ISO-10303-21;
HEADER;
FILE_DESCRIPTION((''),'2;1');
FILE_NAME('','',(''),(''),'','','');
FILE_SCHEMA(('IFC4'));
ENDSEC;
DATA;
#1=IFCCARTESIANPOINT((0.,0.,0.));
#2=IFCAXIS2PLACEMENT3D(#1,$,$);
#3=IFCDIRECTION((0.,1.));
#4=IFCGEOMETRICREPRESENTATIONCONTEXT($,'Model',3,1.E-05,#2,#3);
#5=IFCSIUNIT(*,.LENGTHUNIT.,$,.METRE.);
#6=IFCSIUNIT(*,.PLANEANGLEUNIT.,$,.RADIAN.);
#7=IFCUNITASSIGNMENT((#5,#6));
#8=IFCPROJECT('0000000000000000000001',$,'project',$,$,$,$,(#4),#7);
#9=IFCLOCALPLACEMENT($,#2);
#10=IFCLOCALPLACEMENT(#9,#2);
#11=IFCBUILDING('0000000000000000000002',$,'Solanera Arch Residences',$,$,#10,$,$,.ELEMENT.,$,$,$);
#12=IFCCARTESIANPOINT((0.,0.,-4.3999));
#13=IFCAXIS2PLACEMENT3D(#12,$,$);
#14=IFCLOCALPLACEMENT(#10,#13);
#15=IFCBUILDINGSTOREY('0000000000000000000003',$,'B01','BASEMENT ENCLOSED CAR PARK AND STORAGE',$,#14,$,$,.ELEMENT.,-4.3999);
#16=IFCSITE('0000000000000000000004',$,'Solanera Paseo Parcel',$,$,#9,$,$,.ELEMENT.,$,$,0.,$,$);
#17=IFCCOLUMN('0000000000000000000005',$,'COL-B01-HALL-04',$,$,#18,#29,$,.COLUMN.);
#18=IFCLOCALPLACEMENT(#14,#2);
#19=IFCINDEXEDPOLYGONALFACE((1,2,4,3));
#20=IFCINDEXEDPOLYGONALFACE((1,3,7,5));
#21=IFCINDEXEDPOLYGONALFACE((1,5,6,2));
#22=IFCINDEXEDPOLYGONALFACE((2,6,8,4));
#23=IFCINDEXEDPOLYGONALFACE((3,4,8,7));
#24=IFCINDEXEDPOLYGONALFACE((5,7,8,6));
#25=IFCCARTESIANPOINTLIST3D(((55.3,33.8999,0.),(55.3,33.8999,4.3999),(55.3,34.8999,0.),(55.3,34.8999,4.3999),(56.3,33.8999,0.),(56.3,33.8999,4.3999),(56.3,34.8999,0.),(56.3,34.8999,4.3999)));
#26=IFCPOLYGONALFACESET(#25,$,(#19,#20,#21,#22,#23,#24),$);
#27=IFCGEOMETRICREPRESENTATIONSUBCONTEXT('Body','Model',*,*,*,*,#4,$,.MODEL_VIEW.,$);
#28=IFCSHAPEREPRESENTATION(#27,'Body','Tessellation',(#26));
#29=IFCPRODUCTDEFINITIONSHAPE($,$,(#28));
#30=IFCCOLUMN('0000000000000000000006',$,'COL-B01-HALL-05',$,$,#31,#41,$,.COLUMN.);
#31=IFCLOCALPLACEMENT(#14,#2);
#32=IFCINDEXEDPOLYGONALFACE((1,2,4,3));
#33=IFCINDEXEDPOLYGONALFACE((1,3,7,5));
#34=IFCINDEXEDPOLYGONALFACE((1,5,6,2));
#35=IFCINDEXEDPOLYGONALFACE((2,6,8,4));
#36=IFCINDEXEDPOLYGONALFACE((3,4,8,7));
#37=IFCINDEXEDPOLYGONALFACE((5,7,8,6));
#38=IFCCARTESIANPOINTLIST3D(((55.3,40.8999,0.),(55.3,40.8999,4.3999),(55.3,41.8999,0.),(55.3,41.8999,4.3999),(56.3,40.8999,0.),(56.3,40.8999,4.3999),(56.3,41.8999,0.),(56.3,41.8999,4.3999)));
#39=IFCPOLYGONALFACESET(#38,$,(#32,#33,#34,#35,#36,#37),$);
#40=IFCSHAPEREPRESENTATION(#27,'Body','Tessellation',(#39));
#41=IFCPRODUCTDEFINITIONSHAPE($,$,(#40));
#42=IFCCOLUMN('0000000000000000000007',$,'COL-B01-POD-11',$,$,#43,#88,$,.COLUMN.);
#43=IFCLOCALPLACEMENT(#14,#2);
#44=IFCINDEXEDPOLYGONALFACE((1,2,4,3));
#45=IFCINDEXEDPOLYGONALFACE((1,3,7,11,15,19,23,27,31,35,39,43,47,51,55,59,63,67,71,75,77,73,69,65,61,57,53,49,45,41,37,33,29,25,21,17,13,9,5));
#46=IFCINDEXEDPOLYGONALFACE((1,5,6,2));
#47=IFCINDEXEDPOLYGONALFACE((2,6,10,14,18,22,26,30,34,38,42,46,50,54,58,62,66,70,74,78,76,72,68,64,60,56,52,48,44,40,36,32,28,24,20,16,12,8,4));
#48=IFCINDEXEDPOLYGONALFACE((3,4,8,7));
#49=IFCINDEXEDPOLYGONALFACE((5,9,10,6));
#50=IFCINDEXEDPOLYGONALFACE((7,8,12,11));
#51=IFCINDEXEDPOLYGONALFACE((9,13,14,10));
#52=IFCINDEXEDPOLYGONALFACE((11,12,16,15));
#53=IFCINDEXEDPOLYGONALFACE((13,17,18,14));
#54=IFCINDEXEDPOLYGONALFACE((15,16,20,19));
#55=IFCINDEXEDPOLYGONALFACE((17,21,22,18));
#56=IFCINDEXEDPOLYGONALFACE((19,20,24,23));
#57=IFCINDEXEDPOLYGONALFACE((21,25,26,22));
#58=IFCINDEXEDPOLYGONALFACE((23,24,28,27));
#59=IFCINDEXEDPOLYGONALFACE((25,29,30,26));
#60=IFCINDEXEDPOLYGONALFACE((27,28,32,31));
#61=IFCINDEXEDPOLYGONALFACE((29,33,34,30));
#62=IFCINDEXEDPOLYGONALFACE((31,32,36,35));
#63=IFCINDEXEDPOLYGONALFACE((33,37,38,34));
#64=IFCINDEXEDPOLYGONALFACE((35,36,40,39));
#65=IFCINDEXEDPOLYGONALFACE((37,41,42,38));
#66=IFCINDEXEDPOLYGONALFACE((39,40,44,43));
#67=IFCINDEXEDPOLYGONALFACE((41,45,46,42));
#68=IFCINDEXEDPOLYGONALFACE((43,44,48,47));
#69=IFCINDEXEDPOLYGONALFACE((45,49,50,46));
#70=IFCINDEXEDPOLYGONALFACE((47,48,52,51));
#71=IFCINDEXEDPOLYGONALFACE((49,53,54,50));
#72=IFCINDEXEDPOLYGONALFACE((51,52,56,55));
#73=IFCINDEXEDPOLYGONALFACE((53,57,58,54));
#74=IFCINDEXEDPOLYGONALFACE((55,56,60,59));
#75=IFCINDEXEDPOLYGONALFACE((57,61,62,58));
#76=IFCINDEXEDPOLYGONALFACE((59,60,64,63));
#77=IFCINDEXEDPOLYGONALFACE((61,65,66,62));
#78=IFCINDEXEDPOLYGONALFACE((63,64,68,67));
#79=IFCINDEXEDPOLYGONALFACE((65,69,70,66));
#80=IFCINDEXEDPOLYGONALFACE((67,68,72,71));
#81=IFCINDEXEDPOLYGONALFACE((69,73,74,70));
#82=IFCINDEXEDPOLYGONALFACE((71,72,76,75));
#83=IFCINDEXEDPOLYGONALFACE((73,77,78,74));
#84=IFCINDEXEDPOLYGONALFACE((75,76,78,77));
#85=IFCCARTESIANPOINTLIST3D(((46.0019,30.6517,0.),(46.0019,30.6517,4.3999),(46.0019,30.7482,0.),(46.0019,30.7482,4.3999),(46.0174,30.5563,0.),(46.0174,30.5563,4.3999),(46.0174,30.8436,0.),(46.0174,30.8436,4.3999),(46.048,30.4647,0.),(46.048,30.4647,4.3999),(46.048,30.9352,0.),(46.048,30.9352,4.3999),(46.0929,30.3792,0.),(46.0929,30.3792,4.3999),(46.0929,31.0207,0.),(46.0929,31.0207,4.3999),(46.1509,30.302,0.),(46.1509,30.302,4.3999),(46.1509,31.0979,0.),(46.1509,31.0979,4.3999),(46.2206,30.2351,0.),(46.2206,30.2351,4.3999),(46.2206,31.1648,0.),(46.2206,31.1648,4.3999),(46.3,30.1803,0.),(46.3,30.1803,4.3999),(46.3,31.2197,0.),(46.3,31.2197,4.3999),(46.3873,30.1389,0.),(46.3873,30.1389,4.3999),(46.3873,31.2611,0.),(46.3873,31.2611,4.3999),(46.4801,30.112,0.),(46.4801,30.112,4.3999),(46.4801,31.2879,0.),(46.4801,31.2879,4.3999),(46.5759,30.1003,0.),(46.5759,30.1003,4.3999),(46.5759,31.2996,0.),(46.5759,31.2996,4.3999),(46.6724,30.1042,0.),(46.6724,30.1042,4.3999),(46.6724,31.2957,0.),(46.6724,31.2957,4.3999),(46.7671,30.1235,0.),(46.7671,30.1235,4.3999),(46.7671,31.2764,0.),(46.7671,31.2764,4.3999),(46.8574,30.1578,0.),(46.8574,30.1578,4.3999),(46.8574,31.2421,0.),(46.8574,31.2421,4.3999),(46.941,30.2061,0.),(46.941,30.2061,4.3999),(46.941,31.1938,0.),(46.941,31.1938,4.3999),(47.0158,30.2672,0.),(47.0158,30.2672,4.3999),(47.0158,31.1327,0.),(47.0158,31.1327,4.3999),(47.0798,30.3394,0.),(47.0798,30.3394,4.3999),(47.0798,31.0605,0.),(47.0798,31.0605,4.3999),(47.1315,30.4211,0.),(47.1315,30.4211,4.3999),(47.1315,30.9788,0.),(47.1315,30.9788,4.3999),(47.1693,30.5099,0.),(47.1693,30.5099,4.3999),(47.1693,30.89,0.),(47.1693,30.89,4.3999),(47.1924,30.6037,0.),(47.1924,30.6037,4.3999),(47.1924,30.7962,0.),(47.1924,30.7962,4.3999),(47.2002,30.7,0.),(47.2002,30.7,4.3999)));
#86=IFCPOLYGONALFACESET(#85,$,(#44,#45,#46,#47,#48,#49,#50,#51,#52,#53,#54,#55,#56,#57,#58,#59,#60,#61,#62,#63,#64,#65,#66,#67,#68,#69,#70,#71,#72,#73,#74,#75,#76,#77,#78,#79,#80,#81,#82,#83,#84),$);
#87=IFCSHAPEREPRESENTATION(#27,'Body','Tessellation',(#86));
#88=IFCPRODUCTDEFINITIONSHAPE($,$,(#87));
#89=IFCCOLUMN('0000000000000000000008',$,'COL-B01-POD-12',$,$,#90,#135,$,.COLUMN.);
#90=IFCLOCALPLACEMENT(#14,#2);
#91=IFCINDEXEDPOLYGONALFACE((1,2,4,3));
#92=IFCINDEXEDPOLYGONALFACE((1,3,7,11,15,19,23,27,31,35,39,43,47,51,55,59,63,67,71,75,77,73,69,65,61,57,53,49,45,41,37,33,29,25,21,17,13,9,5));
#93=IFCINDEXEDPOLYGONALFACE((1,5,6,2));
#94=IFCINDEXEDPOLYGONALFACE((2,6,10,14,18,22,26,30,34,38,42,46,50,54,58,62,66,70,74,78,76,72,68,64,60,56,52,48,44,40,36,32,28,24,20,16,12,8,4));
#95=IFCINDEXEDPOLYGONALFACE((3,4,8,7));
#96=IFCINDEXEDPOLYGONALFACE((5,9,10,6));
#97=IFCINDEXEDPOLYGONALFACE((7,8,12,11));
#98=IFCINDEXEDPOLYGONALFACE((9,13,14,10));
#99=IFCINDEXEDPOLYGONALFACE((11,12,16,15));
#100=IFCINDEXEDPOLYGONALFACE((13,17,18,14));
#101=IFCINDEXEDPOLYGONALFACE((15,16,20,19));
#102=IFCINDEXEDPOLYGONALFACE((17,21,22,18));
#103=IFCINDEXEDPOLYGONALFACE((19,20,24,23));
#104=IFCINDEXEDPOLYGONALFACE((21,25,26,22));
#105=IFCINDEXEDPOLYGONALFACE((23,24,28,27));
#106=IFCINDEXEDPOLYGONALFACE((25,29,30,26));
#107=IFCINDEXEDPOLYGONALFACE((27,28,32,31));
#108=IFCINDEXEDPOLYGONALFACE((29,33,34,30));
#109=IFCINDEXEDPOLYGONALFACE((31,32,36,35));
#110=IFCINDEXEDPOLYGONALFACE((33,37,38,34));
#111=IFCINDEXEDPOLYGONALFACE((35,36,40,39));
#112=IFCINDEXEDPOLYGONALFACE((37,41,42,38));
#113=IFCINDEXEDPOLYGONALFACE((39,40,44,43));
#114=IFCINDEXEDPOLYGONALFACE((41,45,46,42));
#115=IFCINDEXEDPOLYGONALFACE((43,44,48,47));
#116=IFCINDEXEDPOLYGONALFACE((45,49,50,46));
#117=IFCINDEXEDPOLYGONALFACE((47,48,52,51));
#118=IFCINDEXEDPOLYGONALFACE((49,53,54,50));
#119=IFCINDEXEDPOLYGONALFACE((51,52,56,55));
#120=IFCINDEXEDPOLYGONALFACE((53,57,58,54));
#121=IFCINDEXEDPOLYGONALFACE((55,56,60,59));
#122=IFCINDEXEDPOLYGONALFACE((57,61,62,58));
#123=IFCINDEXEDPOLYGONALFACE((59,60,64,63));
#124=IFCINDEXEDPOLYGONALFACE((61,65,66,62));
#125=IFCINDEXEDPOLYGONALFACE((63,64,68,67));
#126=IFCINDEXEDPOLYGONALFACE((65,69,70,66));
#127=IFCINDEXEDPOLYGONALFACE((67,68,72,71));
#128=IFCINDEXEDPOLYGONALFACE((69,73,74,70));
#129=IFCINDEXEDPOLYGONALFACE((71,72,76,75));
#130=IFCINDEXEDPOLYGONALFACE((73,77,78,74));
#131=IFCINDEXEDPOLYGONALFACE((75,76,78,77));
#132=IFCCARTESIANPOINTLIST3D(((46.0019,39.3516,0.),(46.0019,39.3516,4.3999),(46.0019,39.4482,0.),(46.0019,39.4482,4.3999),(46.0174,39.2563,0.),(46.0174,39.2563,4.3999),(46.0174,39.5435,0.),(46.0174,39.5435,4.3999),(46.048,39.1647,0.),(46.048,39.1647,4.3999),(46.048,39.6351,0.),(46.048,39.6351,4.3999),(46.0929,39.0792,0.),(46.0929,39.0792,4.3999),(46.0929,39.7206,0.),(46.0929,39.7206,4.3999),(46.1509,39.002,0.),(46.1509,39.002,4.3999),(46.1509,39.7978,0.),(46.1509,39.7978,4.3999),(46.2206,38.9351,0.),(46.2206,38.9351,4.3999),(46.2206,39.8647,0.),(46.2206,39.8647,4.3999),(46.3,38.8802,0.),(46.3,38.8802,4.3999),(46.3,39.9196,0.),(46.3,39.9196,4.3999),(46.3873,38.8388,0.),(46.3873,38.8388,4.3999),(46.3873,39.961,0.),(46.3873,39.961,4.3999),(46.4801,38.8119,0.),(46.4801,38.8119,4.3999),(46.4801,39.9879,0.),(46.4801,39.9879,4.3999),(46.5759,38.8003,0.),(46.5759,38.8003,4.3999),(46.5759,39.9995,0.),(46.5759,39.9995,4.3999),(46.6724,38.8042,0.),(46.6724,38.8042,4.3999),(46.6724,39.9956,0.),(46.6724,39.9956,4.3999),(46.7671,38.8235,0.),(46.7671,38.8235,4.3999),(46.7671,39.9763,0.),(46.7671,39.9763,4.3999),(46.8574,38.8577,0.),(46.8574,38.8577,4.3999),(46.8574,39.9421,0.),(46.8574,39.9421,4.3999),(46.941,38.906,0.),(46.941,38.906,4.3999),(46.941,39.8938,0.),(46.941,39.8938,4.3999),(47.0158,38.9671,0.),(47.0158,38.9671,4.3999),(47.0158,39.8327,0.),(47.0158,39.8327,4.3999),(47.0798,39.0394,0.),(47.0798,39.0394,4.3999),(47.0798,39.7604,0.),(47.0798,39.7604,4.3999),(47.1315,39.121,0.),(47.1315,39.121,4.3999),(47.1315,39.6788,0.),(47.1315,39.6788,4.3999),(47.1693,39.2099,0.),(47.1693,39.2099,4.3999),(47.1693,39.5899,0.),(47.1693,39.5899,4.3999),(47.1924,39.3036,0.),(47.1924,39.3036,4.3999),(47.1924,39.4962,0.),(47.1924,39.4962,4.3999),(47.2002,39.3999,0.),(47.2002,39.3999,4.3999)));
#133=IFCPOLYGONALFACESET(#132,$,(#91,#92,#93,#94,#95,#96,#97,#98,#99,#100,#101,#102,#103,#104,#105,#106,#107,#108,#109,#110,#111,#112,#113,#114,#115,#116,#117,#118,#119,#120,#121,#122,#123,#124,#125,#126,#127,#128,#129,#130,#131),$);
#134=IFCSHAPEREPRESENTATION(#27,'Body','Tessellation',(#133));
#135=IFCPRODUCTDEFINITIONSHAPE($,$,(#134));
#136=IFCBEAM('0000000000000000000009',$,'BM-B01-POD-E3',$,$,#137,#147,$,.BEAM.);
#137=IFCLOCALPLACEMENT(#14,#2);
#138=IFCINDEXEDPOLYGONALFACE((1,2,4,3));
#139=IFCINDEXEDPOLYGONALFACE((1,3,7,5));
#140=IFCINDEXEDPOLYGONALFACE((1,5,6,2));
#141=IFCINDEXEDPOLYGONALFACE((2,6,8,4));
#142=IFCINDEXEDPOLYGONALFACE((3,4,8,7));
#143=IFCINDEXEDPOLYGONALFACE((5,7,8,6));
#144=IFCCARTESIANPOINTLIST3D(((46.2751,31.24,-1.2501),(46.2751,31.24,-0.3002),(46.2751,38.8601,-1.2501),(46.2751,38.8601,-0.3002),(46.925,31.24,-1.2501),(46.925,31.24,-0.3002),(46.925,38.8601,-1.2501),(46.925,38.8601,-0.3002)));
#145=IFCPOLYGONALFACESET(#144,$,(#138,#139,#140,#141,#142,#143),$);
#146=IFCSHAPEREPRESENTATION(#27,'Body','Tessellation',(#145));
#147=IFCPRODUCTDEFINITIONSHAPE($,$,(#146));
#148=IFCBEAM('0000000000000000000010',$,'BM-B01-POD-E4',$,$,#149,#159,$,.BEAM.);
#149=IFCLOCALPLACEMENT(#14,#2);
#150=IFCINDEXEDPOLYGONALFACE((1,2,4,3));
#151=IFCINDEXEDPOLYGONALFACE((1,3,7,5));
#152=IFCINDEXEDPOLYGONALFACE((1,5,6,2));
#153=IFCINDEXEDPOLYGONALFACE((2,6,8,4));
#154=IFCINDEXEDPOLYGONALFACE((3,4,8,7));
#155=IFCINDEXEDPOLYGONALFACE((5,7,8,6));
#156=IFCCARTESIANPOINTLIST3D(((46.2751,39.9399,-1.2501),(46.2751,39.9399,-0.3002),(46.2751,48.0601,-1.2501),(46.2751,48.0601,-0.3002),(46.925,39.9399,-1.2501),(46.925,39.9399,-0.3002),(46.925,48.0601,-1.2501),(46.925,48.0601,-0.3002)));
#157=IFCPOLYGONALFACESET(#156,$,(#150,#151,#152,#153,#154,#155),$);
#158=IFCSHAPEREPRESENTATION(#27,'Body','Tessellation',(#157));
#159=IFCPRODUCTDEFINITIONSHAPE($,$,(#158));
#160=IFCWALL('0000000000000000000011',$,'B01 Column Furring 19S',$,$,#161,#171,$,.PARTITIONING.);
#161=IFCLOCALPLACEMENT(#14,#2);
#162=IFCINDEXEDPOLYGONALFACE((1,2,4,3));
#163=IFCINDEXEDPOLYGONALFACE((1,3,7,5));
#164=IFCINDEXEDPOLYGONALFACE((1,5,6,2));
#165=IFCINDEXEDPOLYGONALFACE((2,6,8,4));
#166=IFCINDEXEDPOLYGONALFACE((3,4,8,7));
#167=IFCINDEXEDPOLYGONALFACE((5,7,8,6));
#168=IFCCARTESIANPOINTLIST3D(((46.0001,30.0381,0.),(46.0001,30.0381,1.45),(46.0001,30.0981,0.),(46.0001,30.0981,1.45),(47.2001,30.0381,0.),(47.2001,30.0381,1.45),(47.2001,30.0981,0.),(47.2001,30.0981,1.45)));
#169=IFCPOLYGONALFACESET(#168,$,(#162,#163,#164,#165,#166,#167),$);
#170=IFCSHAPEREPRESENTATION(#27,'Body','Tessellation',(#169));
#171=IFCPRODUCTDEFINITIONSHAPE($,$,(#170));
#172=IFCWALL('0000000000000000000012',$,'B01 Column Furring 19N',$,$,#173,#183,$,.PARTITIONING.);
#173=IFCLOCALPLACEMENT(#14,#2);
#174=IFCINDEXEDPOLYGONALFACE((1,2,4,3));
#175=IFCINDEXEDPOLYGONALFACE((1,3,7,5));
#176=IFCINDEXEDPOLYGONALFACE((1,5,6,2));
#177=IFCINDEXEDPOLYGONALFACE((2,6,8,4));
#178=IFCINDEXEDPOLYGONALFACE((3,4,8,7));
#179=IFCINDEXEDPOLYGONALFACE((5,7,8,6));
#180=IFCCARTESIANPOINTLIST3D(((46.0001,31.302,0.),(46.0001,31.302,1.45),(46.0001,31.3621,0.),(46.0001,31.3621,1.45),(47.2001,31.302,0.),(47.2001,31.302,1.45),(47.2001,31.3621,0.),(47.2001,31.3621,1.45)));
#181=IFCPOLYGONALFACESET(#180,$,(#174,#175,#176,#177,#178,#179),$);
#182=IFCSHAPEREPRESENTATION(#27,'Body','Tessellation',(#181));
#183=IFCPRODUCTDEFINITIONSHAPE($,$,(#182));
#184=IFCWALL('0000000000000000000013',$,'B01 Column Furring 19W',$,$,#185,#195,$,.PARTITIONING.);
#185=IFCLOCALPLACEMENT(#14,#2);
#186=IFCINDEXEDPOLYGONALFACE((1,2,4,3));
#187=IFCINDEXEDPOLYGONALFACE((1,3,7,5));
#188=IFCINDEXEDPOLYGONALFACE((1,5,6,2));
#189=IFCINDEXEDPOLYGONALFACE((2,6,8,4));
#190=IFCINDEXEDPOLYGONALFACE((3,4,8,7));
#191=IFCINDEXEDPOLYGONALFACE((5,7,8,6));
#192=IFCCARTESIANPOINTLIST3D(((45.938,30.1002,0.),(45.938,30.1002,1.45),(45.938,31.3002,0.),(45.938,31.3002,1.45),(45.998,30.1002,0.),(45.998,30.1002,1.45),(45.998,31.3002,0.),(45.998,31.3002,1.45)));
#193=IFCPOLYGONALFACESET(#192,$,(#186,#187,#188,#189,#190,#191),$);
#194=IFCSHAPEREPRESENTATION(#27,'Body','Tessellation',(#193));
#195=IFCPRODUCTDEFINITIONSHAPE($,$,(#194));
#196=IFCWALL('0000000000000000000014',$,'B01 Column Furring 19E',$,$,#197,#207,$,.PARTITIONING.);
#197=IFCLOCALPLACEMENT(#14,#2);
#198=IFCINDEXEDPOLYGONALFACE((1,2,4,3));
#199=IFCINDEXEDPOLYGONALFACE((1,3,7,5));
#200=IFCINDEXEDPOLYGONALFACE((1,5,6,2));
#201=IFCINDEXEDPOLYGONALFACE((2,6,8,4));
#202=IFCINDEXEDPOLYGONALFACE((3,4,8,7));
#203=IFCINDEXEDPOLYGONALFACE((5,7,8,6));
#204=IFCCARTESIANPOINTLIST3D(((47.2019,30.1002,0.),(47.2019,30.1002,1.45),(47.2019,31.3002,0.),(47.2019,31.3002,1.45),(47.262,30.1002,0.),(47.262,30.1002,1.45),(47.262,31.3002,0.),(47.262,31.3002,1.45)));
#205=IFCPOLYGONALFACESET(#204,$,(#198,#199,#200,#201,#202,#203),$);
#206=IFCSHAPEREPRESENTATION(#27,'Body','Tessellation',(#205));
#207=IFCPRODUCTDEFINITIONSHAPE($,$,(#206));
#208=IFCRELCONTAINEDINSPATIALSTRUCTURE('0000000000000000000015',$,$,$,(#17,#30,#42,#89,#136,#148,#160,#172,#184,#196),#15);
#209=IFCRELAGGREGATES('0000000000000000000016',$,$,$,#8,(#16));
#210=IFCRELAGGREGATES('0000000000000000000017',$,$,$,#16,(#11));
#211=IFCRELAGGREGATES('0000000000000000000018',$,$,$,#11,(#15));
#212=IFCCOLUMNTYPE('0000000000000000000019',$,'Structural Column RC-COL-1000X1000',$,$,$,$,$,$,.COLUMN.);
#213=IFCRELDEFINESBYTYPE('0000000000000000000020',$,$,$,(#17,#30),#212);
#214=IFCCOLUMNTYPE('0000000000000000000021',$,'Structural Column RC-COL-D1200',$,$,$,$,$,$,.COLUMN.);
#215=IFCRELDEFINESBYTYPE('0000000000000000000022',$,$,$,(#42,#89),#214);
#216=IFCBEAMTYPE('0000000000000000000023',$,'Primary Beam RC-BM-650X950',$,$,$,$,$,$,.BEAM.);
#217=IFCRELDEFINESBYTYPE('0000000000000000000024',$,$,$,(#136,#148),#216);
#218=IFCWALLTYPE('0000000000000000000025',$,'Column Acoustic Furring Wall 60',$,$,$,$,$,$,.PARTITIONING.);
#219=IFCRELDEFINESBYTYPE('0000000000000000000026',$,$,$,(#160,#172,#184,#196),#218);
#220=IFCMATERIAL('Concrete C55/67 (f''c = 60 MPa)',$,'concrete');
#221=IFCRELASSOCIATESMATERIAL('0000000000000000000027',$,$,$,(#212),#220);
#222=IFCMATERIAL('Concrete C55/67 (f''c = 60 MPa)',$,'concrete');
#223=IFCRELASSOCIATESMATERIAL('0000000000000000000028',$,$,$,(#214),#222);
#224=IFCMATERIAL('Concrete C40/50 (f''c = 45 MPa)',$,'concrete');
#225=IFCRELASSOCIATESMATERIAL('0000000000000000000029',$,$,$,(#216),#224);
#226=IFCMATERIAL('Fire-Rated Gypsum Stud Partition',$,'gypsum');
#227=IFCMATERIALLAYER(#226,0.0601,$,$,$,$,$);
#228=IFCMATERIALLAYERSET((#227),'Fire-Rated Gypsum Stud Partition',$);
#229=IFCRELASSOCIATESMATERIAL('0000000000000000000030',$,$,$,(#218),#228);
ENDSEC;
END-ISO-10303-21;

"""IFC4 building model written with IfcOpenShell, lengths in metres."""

from ifc_helpers import new_model, si_unit, direction, frame, frame_2d, origin, origin_2d, place, context, subcontext, project, spatial, rectangle, circle, extrude, material, layer, layer_set, material_profile, profile_set, type_object, element, save


model = new_model("IFC4")

# Units and contexts
model_context = context("Model", 3, precision=1e-05, world=origin(), true_north=direction((0.0, 1.0)))
body_context = subcontext(model_context, "Body", "Model", "MODEL_VIEW")
ifc_project = project(units=[si_unit("LENGTHUNIT", "METRE"), si_unit("PLANEANGLEUNIT", "RADIAN")], contexts=[model_context])

# Site, building, storey
site_placement = place(None, origin())
site = spatial("IfcSite", under=ifc_project, at=site_placement, Name="Solanera Paseo Parcel", CompositionType="ELEMENT", RefElevation=0.0)
building_placement = place(site_placement, origin())
building = spatial("IfcBuilding", under=site, at=building_placement, Name="Solanera Arch Residences", CompositionType="ELEMENT")
storey_placement = place(building_placement, frame((0.0, 0.0, -4.3999)))
storey = spatial("IfcBuildingStorey", under=building, at=storey_placement, Name="B01", Description="BASEMENT ENCLOSED CAR PARK AND STORAGE", CompositionType="ELEMENT", Elevation=-4.3999)

# Columns
ifc_material_1 = material(Name="Concrete C55/67 (f'c = 60 MPa)", Category="concrete")
ifc_material_profile_1 = material_profile(ifc_material_1, rectangle(XDim=1.0, YDim=1.0, at=origin_2d()))
ifc_profile_set_1 = profile_set([ifc_material_profile_1], Name="Concrete C55/67 (f'c = 60 MPa)")
column_type_1 = type_object("IfcColumnType", Name="Structural Column RC-COL-1000X1000", PredefinedType="COLUMN", material=ifc_profile_set_1)
for number, where, z_axis, x_axis, name in (
    (1, (55.8, 34.3999, 0.0), (0.0, 0.0, 1.0), (1.0, 0.0, 0.0), "COL-B01-HALL-04"),
    (2, (55.8, 41.3999, 0.0), (0.0, 0.0, 1.0), (1.0, 0.0, 0.0), "COL-B01-HALL-05"),
):
    element("IfcColumn", number, at=place(storey_placement, frame(where, z_axis=z_axis, x_axis=x_axis)), inside=storey, type_object=column_type_1, Name=name, PredefinedType="COLUMN", context=body_context, shape_type="SweptSolid", body=[
        extrude(rectangle(XDim=1.0, YDim=1.0, at=origin_2d()), origin(), (0.0, 0.0, 1.0), 4.3999),
    ])
ifc_material_2 = material(Name="Concrete C55/67 (f'c = 60 MPa)", Category="concrete")
ifc_material_profile_2 = material_profile(ifc_material_2, circle(Radius=0.6001, at=origin_2d()))
ifc_profile_set_2 = profile_set([ifc_material_profile_2], Name="Concrete C55/67 (f'c = 60 MPa)")
column_type_2 = type_object("IfcColumnType", Name="Structural Column RC-COL-D1200", PredefinedType="COLUMN", material=ifc_profile_set_2)
for number, where, z_axis, x_axis, name in (
    (3, (46.6001, 30.7, 0.0), (0.0, 0.0, 1.0), (1.0, 0.0, 0.0), "COL-B01-POD-11"),
    (4, (46.6001, 39.3999, 0.0), (0.0, 0.0, 1.0), (1.0, 0.0, 0.0), "COL-B01-POD-12"),
):
    element("IfcColumn", number, at=place(storey_placement, frame(where, z_axis=z_axis, x_axis=x_axis)), inside=storey, type_object=column_type_2, Name=name, PredefinedType="COLUMN", context=body_context, shape_type="SweptSolid", body=[
        extrude(circle(Radius=0.6001, at=origin_2d()), origin(), (0.0, 0.0, 1.0), 4.3999),
    ])

# Beams
ifc_material_3 = material(Name="Concrete C40/50 (f'c = 45 MPa)", Category="concrete")
ifc_material_profile_3 = material_profile(ifc_material_3, rectangle(XDim=0.6499, YDim=0.95, at=origin_2d()))
ifc_profile_set_3 = profile_set([ifc_material_profile_3], Name="Concrete C40/50 (f'c = 45 MPa)")
beam_type = type_object("IfcBeamType", Name="Primary Beam RC-BM-650X950", PredefinedType="BEAM", material=ifc_profile_set_3)
beam_1_placement = place(storey_placement, frame((46.6001, 31.24, -0.7751), z_axis=(0.0, 1.0, 0.0), x_axis=(-1.0, 0.0, 0.0)))
element("IfcBeam", 5, at=beam_1_placement, inside=storey, type_object=beam_type, Name="BM-B01-POD-E3", PredefinedType="BEAM", context=body_context, shape_type="SweptSolid", body=[
    extrude(rectangle(XDim=0.6499, YDim=0.95, at=origin_2d()), origin(), (0.0, 0.0, 1.0), 7.6201),
])
beam_2_placement = place(storey_placement, frame((46.6001, 39.9399, -0.7751), z_axis=(0.0, 1.0, 0.0), x_axis=(-1.0, 0.0, 0.0)))
element("IfcBeam", 6, at=beam_2_placement, inside=storey, type_object=beam_type, Name="BM-B01-POD-E4", PredefinedType="BEAM", context=body_context, shape_type="SweptSolid", body=[
    extrude(rectangle(XDim=0.6499, YDim=0.95, at=origin_2d()), origin(), (0.0, 0.0, 1.0), 8.1201),
])

# Walls
ifc_material_4 = material(Name="Fire-Rated Gypsum Stud Partition", Category="gypsum")
ifc_layer_1 = layer(ifc_material_4, 0.0601)
ifc_layer_set_1 = layer_set([ifc_layer_1], Name="Fire-Rated Gypsum Stud Partition")
wall_type_1 = type_object("IfcWallType", Name="Column Acoustic Furring Wall 60", PredefinedType="PARTITIONING", material=ifc_layer_set_1)
for number, where, z_axis, x_axis, name in (
    (7, (46.0, 30.0681, 0.0), (0.0, 0.0, 1.0), (1.0, 0.0, 0.0), "B01 Column Furring 19S"),
    (8, (46.0, 31.332, 0.0), (0.0, 0.0, 1.0), (1.0, 0.0, 0.0), "B01 Column Furring 19N"),
    (9, (45.968, 30.1001, 0.0), (0.0, 0.0, 1.0), (0.0, 1.0, 0.0), "B01 Column Furring 19W"),
    (10, (47.2319, 30.1001, 0.0), (0.0, 0.0, 1.0), (0.0, 1.0, 0.0), "B01 Column Furring 19E"),
):
    element("IfcWall", number, at=place(storey_placement, frame(where, z_axis=z_axis, x_axis=x_axis)), inside=storey, type_object=wall_type_1, Name=name, PredefinedType="PARTITIONING", context=body_context, shape_type="SweptSolid", body=[
        extrude(rectangle(XDim=1.2, YDim=0.0601, at=frame_2d((0.6001, 0.0))), origin(), (0.0, 0.0, 1.0), 1.45),
    ])

save(model, "model.ifc")
